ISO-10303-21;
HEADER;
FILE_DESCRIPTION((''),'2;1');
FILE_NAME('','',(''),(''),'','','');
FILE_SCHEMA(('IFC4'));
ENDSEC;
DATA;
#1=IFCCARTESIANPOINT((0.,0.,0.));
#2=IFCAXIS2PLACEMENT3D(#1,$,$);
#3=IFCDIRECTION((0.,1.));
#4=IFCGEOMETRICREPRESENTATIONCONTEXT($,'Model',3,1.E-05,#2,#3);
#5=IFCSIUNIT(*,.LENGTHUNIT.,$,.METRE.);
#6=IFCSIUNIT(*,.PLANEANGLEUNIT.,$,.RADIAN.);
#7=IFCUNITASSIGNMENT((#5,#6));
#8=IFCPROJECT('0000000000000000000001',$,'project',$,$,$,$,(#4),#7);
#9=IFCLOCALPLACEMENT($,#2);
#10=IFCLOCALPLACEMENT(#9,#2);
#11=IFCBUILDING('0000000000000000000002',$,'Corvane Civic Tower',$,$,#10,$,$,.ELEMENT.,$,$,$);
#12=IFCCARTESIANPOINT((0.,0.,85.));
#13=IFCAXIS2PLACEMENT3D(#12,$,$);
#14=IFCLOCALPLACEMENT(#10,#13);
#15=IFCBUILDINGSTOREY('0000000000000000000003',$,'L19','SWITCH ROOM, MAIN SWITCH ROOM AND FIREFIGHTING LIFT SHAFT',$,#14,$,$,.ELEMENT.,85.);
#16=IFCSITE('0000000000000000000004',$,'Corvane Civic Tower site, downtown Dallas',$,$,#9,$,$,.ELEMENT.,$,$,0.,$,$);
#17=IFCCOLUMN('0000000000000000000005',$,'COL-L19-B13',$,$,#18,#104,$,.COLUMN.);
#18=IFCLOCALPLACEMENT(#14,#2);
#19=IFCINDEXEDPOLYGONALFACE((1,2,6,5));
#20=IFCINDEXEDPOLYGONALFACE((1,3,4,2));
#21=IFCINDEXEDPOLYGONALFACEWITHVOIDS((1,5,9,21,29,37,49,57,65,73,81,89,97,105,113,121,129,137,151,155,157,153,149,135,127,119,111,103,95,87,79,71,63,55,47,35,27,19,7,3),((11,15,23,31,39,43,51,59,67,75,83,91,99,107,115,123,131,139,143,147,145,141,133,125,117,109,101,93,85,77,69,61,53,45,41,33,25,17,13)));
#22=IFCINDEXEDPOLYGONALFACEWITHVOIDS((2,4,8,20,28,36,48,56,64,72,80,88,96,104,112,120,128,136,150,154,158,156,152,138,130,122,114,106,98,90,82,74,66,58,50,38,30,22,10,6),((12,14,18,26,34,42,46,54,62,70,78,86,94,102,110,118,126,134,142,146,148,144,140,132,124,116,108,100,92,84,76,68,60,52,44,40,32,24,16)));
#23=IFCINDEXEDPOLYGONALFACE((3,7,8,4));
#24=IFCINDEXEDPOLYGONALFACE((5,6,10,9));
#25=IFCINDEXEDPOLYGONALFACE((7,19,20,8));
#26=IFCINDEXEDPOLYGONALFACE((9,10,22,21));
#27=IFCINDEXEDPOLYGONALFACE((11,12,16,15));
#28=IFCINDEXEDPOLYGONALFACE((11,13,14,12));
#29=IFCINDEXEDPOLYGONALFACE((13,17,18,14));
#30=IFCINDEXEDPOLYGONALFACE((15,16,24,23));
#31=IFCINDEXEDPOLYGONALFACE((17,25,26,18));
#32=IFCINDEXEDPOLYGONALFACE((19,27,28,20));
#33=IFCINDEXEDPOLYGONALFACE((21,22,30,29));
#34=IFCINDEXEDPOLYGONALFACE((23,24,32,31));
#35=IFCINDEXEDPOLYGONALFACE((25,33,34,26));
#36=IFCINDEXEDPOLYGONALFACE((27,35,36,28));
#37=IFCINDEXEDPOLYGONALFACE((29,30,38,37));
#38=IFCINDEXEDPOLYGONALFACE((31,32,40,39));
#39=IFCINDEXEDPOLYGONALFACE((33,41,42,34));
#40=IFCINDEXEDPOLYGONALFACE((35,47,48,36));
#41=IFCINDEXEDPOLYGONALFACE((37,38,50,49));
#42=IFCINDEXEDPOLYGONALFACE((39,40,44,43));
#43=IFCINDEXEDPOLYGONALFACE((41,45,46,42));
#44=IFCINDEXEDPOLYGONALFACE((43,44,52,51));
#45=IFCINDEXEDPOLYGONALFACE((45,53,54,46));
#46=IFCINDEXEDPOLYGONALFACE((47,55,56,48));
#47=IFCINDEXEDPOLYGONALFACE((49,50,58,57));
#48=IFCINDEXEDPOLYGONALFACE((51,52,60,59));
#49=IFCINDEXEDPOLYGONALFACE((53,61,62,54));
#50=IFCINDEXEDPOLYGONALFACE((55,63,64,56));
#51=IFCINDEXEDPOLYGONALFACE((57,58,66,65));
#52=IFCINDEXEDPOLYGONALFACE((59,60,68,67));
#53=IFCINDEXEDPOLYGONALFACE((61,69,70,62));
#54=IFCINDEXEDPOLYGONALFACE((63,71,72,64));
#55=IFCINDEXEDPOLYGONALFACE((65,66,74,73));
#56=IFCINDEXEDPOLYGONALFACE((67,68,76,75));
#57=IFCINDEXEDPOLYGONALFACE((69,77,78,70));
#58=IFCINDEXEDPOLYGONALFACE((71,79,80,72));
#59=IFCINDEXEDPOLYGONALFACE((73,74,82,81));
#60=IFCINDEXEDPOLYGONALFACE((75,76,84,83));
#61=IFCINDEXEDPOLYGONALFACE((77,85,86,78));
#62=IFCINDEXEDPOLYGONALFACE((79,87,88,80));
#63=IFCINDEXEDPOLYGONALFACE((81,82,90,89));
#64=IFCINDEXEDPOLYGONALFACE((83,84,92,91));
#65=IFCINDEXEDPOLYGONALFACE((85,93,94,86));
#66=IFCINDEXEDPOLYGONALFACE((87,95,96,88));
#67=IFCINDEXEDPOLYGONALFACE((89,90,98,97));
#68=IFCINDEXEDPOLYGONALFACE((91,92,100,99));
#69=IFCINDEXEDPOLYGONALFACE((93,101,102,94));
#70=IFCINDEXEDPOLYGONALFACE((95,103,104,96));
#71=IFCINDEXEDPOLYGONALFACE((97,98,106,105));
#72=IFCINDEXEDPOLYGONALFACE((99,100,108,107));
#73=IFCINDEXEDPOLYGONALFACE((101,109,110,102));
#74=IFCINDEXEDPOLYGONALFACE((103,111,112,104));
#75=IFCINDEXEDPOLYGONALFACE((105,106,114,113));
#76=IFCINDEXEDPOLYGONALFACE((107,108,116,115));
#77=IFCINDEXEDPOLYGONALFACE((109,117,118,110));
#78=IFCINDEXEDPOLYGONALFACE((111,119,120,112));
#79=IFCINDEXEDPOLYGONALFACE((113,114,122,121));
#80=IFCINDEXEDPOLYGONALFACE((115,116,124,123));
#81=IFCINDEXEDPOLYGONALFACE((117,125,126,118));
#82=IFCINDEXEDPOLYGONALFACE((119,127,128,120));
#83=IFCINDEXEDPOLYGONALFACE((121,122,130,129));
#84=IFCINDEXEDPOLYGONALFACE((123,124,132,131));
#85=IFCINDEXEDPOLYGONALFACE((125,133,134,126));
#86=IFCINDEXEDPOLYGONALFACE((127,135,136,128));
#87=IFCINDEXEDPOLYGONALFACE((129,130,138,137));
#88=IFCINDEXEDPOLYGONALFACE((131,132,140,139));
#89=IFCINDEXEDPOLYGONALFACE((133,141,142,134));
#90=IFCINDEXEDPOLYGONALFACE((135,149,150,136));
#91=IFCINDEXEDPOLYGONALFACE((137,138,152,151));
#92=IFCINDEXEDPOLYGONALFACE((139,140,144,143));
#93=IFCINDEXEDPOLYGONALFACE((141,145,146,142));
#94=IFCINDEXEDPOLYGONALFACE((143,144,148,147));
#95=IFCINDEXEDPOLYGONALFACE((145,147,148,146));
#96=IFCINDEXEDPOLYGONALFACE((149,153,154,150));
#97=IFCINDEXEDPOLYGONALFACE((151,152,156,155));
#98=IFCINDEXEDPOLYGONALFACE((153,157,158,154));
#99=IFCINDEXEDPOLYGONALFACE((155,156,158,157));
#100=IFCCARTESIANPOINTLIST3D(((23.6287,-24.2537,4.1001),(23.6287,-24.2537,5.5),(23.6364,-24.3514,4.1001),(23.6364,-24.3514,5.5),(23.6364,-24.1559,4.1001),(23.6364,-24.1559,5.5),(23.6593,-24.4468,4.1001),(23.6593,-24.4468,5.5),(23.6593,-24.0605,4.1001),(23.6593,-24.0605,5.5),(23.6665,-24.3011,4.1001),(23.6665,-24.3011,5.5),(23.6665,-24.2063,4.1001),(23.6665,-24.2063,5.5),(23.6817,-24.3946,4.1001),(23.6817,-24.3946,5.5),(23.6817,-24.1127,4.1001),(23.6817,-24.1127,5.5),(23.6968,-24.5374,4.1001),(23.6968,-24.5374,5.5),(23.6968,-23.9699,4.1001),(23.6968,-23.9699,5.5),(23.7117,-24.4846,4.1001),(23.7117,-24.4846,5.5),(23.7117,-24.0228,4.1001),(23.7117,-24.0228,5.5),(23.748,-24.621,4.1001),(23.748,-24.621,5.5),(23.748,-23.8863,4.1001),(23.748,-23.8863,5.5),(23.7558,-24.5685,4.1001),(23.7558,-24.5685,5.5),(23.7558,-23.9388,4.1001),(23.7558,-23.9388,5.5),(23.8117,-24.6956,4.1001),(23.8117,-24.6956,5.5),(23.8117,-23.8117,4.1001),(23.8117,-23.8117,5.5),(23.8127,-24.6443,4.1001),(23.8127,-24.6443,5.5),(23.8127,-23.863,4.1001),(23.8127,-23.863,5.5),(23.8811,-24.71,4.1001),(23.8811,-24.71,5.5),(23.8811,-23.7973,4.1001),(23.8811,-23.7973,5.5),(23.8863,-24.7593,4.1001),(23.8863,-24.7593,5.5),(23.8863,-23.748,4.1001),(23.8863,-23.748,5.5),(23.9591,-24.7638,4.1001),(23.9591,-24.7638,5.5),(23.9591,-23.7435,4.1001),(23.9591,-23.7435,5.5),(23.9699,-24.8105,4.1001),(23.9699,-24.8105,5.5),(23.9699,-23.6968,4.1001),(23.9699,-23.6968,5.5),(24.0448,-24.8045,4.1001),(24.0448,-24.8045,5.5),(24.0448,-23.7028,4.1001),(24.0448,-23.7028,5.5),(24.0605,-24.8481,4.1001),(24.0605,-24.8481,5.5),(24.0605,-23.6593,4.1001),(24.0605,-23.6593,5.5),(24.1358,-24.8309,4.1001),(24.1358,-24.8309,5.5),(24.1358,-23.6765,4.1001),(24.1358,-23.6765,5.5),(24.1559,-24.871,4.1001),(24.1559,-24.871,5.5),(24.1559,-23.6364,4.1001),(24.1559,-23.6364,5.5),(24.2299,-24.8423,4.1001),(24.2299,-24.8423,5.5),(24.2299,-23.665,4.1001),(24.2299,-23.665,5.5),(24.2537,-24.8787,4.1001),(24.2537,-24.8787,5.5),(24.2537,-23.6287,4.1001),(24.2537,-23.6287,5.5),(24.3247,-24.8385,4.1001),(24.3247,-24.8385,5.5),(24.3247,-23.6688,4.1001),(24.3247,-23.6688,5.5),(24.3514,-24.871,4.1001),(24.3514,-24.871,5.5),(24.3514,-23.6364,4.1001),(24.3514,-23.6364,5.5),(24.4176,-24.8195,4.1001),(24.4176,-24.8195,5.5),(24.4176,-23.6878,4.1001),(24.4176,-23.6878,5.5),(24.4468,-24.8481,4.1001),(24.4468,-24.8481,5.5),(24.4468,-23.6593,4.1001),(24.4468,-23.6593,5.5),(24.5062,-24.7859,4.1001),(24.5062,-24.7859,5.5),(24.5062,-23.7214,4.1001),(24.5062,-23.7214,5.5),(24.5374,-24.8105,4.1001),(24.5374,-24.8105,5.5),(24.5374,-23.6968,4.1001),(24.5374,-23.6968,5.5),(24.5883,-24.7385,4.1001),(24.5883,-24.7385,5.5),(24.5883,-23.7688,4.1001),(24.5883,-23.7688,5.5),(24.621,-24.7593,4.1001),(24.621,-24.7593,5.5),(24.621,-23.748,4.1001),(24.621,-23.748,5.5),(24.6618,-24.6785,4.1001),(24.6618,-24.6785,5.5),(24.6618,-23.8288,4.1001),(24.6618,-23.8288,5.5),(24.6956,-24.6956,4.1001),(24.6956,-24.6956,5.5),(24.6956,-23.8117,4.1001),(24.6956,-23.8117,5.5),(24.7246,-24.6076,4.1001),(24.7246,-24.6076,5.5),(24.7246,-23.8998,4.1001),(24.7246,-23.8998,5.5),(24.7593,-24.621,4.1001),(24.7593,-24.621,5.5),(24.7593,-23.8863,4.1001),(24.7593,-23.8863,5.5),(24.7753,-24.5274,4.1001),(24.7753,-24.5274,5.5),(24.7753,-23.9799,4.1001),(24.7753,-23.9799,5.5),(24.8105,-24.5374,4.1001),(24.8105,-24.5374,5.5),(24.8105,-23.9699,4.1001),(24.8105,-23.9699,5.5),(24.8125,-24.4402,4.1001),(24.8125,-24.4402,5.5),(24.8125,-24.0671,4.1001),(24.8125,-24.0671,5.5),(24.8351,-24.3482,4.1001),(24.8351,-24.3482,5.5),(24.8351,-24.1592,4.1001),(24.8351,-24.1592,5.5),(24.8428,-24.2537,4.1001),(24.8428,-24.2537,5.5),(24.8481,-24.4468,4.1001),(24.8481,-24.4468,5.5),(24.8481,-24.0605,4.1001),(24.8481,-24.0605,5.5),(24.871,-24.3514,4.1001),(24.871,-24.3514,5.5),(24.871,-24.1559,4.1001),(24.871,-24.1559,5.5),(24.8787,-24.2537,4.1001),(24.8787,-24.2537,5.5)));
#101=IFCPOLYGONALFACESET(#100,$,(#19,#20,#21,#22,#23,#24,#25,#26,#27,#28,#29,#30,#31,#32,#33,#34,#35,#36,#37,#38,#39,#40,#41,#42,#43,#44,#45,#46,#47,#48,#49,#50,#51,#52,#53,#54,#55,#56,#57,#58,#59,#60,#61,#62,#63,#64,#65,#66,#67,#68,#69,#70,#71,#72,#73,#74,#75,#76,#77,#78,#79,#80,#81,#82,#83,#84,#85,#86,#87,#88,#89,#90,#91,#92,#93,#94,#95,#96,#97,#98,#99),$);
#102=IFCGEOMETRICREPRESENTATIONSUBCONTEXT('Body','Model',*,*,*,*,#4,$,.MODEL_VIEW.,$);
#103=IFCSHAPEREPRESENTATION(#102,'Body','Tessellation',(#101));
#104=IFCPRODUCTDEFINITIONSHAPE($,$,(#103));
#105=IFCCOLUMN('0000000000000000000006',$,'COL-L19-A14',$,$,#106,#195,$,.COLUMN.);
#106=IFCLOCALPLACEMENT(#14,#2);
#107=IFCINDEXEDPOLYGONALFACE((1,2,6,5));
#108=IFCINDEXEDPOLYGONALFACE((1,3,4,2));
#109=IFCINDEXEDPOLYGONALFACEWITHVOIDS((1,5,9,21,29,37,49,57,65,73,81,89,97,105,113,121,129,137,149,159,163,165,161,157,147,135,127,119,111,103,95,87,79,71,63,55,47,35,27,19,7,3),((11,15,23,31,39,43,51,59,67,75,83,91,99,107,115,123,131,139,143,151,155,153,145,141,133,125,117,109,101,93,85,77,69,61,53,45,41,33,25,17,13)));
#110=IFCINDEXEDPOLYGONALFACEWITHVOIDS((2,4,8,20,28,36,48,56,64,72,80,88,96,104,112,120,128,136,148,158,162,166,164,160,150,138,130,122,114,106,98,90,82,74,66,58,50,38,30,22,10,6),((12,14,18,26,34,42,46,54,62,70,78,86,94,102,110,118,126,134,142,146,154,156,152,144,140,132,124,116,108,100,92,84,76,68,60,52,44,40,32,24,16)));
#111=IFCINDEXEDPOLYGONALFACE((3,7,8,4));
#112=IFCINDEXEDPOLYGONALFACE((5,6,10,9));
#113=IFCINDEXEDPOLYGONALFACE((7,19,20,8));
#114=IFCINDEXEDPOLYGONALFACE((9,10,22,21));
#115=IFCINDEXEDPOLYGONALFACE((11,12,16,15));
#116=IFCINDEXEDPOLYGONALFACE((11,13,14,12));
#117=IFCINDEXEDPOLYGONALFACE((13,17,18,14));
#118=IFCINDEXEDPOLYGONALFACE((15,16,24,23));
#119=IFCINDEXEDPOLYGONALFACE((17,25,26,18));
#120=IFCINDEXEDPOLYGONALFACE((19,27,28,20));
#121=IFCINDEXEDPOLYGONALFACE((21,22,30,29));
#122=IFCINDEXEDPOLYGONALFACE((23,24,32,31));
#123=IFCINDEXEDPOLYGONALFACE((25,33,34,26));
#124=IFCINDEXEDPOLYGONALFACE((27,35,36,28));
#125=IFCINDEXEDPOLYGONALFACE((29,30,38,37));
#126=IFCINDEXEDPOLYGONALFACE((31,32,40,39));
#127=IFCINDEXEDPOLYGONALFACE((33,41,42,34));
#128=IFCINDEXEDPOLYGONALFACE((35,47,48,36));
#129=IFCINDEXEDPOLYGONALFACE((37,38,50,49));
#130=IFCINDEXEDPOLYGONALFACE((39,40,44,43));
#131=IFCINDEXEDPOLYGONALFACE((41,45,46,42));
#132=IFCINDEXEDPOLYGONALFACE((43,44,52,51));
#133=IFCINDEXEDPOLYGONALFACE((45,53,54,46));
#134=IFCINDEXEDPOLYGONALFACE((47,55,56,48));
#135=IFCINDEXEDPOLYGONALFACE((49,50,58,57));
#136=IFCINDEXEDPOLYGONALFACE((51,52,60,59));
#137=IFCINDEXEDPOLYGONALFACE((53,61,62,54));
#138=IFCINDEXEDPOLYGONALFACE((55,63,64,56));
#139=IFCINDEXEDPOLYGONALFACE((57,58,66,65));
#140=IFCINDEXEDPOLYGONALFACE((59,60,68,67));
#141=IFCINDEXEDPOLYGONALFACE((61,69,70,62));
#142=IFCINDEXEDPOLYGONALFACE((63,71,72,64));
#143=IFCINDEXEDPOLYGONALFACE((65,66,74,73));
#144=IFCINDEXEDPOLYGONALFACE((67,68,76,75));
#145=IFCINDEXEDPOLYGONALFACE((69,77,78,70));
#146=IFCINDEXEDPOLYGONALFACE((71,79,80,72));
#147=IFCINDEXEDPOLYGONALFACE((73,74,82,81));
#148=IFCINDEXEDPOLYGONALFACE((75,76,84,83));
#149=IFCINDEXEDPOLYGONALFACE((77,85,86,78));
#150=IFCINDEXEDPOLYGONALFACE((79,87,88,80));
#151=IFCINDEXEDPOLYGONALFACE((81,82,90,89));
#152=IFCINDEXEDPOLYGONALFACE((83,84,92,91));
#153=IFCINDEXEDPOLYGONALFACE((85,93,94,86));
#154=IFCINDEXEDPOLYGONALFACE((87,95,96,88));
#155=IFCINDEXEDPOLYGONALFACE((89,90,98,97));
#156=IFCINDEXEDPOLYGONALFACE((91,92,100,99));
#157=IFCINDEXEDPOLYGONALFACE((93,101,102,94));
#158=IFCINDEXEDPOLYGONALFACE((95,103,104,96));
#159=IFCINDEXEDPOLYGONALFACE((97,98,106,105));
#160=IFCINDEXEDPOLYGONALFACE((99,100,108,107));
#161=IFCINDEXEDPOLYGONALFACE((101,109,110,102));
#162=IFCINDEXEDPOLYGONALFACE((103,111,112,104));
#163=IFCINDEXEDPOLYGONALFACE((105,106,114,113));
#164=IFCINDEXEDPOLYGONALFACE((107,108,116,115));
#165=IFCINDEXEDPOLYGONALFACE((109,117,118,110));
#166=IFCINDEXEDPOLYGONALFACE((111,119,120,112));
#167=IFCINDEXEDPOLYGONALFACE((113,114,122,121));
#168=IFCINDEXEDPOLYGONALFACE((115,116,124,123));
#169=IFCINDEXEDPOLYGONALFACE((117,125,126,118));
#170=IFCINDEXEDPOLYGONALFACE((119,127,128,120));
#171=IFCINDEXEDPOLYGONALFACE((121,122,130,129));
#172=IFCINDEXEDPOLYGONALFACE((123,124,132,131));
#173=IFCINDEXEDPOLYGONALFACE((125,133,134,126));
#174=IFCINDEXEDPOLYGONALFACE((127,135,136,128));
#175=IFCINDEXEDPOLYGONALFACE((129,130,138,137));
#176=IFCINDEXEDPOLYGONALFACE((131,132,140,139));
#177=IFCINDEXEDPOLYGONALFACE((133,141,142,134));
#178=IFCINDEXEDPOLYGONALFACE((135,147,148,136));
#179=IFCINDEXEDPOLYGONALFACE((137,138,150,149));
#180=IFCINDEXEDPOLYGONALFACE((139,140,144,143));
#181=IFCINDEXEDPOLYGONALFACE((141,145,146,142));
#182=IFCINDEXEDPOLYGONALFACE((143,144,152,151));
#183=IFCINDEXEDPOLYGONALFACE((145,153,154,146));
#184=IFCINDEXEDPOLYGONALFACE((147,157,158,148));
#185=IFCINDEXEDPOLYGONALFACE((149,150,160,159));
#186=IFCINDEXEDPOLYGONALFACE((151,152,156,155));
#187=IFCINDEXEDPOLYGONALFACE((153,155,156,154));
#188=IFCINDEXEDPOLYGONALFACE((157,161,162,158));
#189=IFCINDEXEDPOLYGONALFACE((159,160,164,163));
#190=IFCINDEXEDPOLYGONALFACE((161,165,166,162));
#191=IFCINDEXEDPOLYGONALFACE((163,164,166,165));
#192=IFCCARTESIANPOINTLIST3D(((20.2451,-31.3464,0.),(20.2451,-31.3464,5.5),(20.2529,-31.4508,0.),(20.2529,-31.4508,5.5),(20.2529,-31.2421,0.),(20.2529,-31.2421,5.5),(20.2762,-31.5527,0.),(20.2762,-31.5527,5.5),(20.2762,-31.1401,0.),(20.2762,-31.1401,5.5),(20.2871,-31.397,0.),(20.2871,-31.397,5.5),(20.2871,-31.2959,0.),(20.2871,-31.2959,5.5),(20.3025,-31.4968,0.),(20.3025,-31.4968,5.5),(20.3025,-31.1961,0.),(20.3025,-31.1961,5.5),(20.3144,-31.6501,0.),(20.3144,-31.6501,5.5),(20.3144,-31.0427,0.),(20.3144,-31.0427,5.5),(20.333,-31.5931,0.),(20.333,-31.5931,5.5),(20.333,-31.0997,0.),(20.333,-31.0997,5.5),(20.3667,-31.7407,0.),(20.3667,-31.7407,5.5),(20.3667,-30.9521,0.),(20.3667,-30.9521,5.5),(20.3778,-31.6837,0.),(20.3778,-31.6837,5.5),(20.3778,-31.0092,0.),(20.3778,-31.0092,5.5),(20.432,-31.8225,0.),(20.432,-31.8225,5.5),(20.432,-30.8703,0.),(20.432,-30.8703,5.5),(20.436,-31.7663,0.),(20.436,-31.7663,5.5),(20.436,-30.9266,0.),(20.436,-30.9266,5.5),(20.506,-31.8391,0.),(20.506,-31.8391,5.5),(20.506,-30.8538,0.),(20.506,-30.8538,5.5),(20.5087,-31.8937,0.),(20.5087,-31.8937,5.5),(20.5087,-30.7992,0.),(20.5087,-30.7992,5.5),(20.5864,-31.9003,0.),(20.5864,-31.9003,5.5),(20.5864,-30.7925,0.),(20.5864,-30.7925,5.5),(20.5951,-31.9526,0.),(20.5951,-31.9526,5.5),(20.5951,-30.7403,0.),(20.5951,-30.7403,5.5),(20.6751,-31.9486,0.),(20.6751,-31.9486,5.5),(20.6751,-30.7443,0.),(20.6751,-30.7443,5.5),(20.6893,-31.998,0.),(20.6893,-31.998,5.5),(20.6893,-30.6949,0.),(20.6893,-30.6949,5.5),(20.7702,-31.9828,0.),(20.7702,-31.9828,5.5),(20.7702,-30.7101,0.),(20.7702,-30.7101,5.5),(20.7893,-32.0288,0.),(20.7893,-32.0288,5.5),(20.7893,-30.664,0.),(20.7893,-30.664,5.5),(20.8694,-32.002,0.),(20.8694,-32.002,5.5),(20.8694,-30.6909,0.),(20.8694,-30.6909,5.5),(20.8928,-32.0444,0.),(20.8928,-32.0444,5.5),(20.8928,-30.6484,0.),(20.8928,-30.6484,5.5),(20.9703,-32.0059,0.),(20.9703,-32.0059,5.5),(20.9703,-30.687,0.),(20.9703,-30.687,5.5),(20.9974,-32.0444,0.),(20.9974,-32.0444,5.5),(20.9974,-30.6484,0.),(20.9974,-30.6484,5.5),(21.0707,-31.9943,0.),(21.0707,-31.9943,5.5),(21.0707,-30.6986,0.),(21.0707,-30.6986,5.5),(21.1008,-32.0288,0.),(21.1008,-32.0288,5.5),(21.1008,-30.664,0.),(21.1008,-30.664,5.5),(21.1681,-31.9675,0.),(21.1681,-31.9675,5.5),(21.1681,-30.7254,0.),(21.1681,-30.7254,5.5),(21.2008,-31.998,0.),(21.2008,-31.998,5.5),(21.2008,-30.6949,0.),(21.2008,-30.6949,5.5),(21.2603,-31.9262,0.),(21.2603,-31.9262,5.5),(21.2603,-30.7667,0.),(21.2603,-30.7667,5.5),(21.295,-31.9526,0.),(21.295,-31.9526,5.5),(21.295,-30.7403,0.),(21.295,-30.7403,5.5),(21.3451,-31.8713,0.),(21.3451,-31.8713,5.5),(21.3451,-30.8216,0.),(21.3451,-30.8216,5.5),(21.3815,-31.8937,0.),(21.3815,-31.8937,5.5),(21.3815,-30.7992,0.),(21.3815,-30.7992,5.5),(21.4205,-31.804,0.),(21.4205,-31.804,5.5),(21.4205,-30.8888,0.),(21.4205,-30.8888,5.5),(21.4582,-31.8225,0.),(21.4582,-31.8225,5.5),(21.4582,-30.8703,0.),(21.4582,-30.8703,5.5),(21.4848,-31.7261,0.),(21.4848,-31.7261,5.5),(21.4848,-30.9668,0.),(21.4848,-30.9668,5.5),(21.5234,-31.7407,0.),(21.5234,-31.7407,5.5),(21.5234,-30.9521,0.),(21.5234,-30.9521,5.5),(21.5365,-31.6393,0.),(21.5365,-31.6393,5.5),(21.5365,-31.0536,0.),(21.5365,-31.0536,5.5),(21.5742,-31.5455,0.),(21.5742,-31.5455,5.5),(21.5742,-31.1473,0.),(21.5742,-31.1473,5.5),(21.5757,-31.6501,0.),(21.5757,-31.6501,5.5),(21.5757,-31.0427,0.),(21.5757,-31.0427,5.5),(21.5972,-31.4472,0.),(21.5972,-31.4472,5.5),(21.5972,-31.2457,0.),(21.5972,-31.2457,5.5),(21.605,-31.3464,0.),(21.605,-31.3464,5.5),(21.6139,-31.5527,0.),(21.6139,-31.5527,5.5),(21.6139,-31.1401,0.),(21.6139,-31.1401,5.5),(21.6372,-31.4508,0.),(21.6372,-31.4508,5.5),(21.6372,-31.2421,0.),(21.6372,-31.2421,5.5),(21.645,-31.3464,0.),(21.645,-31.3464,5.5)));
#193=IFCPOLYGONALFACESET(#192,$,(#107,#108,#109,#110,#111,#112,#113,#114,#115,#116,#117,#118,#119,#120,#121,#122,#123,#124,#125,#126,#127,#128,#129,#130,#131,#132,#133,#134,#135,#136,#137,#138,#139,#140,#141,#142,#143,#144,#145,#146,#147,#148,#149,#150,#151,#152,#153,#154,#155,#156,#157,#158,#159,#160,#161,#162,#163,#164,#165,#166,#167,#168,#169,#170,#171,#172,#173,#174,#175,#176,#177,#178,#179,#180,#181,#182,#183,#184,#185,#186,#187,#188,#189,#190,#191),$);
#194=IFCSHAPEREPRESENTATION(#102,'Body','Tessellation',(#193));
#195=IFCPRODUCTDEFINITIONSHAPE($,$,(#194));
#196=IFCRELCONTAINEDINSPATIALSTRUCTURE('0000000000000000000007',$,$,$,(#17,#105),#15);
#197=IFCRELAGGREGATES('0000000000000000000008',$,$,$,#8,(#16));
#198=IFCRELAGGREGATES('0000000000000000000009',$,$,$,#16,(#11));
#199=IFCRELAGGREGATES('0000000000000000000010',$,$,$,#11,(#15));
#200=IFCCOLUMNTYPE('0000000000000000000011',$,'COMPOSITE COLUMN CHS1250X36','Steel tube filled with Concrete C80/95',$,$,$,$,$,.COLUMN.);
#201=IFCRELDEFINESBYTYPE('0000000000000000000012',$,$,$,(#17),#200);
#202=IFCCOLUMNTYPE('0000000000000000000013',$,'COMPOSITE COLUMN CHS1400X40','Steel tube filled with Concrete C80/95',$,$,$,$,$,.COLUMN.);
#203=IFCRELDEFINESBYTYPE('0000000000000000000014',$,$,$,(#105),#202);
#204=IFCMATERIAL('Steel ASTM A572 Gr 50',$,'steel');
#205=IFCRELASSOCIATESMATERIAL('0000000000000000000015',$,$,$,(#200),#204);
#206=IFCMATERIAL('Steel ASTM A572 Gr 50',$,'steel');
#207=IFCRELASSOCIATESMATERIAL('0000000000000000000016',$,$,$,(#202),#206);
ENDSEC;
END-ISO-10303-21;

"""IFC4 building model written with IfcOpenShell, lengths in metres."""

from ifc_helpers import new_model, si_unit, direction, frame, origin, origin_2d, place, context, subcontext, project, spatial, hollow_circle, extrude, material, material_profile, profile_set, type_object, element, save


model = new_model("IFC4")

# Units and contexts
model_context = context("Model", 3, precision=1e-05, world=origin(), true_north=direction((0.0, 1.0)))
body_context = subcontext(model_context, "Body", "Model", "MODEL_VIEW")
ifc_project = project(units=[si_unit("LENGTHUNIT", "METRE"), si_unit("PLANEANGLEUNIT", "RADIAN")], contexts=[model_context])

# Site, building, storey
site_placement = place(None, origin())
site = spatial("IfcSite", under=ifc_project, at=site_placement, Name="Corvane Civic Tower site, downtown Dallas", CompositionType="ELEMENT", RefElevation=0.0)
building_placement = place(site_placement, origin())
building = spatial("IfcBuilding", under=site, at=building_placement, Name="Corvane Civic Tower", CompositionType="ELEMENT")
storey_placement = place(building_placement, frame((0.0, 0.0, 85.0)))
storey = spatial("IfcBuildingStorey", under=building, at=storey_placement, Name="L19", Description="SWITCH ROOM, MAIN SWITCH ROOM AND FIREFIGHTING LIFT SHAFT", CompositionType="ELEMENT", Elevation=85.0)

# Columns
ifc_material_1 = material(Name="Steel ASTM A572 Gr 50", Category="steel")
ifc_material_profile_1 = material_profile(ifc_material_1, hollow_circle(Radius=0.625, WallThickness=0.0359, at=origin_2d()), Name="CHS1250X36")
ifc_profile_set_1 = profile_set([ifc_material_profile_1], Name="Steel ASTM A572 Gr 50")
column_type_1 = type_object("IfcColumnType", Name="COMPOSITE COLUMN CHS1250X36", Description="Steel tube filled with Concrete C80/95", PredefinedType="COLUMN", material=ifc_profile_set_1)
column_1_placement = place(storey_placement, frame((24.2537, -24.2537, 4.1001), z_axis=(0.0, 0.0, 1.0), x_axis=(1.0, 0.0, 0.0)))
element("IfcColumn", 1, at=column_1_placement, inside=storey, type_object=column_type_1, Name="COL-L19-B13", PredefinedType="COLUMN", context=body_context, shape_type="SweptSolid", body=[
    extrude(hollow_circle(Radius=0.625, WallThickness=0.0359, at=origin_2d()), origin(), (0.0, 0.0, 1.0), 1.3999),
])
ifc_material_2 = material(Name="Steel ASTM A572 Gr 50", Category="steel")
ifc_material_profile_2 = material_profile(ifc_material_2, hollow_circle(Radius=0.7, WallThickness=0.04, at=origin_2d()), Name="CHS1400X40")
ifc_profile_set_2 = profile_set([ifc_material_profile_2], Name="Steel ASTM A572 Gr 50")
column_type_2 = type_object("IfcColumnType", Name="COMPOSITE COLUMN CHS1400X40", Description="Steel tube filled with Concrete C80/95", PredefinedType="COLUMN", material=ifc_profile_set_2)
column_2_placement = place(storey_placement, frame((20.9451, -31.3464, 0.0), z_axis=(0.0, 0.0, 1.0), x_axis=(1.0, 0.0, 0.0)))
element("IfcColumn", 2, at=column_2_placement, inside=storey, type_object=column_type_2, Name="COL-L19-A14", PredefinedType="COLUMN", context=body_context, shape_type="SweptSolid", body=[
    extrude(hollow_circle(Radius=0.7, WallThickness=0.04, at=origin_2d()), origin(), (0.0, 0.0, 1.0), 5.5),
])

save(model, "model.ifc")
